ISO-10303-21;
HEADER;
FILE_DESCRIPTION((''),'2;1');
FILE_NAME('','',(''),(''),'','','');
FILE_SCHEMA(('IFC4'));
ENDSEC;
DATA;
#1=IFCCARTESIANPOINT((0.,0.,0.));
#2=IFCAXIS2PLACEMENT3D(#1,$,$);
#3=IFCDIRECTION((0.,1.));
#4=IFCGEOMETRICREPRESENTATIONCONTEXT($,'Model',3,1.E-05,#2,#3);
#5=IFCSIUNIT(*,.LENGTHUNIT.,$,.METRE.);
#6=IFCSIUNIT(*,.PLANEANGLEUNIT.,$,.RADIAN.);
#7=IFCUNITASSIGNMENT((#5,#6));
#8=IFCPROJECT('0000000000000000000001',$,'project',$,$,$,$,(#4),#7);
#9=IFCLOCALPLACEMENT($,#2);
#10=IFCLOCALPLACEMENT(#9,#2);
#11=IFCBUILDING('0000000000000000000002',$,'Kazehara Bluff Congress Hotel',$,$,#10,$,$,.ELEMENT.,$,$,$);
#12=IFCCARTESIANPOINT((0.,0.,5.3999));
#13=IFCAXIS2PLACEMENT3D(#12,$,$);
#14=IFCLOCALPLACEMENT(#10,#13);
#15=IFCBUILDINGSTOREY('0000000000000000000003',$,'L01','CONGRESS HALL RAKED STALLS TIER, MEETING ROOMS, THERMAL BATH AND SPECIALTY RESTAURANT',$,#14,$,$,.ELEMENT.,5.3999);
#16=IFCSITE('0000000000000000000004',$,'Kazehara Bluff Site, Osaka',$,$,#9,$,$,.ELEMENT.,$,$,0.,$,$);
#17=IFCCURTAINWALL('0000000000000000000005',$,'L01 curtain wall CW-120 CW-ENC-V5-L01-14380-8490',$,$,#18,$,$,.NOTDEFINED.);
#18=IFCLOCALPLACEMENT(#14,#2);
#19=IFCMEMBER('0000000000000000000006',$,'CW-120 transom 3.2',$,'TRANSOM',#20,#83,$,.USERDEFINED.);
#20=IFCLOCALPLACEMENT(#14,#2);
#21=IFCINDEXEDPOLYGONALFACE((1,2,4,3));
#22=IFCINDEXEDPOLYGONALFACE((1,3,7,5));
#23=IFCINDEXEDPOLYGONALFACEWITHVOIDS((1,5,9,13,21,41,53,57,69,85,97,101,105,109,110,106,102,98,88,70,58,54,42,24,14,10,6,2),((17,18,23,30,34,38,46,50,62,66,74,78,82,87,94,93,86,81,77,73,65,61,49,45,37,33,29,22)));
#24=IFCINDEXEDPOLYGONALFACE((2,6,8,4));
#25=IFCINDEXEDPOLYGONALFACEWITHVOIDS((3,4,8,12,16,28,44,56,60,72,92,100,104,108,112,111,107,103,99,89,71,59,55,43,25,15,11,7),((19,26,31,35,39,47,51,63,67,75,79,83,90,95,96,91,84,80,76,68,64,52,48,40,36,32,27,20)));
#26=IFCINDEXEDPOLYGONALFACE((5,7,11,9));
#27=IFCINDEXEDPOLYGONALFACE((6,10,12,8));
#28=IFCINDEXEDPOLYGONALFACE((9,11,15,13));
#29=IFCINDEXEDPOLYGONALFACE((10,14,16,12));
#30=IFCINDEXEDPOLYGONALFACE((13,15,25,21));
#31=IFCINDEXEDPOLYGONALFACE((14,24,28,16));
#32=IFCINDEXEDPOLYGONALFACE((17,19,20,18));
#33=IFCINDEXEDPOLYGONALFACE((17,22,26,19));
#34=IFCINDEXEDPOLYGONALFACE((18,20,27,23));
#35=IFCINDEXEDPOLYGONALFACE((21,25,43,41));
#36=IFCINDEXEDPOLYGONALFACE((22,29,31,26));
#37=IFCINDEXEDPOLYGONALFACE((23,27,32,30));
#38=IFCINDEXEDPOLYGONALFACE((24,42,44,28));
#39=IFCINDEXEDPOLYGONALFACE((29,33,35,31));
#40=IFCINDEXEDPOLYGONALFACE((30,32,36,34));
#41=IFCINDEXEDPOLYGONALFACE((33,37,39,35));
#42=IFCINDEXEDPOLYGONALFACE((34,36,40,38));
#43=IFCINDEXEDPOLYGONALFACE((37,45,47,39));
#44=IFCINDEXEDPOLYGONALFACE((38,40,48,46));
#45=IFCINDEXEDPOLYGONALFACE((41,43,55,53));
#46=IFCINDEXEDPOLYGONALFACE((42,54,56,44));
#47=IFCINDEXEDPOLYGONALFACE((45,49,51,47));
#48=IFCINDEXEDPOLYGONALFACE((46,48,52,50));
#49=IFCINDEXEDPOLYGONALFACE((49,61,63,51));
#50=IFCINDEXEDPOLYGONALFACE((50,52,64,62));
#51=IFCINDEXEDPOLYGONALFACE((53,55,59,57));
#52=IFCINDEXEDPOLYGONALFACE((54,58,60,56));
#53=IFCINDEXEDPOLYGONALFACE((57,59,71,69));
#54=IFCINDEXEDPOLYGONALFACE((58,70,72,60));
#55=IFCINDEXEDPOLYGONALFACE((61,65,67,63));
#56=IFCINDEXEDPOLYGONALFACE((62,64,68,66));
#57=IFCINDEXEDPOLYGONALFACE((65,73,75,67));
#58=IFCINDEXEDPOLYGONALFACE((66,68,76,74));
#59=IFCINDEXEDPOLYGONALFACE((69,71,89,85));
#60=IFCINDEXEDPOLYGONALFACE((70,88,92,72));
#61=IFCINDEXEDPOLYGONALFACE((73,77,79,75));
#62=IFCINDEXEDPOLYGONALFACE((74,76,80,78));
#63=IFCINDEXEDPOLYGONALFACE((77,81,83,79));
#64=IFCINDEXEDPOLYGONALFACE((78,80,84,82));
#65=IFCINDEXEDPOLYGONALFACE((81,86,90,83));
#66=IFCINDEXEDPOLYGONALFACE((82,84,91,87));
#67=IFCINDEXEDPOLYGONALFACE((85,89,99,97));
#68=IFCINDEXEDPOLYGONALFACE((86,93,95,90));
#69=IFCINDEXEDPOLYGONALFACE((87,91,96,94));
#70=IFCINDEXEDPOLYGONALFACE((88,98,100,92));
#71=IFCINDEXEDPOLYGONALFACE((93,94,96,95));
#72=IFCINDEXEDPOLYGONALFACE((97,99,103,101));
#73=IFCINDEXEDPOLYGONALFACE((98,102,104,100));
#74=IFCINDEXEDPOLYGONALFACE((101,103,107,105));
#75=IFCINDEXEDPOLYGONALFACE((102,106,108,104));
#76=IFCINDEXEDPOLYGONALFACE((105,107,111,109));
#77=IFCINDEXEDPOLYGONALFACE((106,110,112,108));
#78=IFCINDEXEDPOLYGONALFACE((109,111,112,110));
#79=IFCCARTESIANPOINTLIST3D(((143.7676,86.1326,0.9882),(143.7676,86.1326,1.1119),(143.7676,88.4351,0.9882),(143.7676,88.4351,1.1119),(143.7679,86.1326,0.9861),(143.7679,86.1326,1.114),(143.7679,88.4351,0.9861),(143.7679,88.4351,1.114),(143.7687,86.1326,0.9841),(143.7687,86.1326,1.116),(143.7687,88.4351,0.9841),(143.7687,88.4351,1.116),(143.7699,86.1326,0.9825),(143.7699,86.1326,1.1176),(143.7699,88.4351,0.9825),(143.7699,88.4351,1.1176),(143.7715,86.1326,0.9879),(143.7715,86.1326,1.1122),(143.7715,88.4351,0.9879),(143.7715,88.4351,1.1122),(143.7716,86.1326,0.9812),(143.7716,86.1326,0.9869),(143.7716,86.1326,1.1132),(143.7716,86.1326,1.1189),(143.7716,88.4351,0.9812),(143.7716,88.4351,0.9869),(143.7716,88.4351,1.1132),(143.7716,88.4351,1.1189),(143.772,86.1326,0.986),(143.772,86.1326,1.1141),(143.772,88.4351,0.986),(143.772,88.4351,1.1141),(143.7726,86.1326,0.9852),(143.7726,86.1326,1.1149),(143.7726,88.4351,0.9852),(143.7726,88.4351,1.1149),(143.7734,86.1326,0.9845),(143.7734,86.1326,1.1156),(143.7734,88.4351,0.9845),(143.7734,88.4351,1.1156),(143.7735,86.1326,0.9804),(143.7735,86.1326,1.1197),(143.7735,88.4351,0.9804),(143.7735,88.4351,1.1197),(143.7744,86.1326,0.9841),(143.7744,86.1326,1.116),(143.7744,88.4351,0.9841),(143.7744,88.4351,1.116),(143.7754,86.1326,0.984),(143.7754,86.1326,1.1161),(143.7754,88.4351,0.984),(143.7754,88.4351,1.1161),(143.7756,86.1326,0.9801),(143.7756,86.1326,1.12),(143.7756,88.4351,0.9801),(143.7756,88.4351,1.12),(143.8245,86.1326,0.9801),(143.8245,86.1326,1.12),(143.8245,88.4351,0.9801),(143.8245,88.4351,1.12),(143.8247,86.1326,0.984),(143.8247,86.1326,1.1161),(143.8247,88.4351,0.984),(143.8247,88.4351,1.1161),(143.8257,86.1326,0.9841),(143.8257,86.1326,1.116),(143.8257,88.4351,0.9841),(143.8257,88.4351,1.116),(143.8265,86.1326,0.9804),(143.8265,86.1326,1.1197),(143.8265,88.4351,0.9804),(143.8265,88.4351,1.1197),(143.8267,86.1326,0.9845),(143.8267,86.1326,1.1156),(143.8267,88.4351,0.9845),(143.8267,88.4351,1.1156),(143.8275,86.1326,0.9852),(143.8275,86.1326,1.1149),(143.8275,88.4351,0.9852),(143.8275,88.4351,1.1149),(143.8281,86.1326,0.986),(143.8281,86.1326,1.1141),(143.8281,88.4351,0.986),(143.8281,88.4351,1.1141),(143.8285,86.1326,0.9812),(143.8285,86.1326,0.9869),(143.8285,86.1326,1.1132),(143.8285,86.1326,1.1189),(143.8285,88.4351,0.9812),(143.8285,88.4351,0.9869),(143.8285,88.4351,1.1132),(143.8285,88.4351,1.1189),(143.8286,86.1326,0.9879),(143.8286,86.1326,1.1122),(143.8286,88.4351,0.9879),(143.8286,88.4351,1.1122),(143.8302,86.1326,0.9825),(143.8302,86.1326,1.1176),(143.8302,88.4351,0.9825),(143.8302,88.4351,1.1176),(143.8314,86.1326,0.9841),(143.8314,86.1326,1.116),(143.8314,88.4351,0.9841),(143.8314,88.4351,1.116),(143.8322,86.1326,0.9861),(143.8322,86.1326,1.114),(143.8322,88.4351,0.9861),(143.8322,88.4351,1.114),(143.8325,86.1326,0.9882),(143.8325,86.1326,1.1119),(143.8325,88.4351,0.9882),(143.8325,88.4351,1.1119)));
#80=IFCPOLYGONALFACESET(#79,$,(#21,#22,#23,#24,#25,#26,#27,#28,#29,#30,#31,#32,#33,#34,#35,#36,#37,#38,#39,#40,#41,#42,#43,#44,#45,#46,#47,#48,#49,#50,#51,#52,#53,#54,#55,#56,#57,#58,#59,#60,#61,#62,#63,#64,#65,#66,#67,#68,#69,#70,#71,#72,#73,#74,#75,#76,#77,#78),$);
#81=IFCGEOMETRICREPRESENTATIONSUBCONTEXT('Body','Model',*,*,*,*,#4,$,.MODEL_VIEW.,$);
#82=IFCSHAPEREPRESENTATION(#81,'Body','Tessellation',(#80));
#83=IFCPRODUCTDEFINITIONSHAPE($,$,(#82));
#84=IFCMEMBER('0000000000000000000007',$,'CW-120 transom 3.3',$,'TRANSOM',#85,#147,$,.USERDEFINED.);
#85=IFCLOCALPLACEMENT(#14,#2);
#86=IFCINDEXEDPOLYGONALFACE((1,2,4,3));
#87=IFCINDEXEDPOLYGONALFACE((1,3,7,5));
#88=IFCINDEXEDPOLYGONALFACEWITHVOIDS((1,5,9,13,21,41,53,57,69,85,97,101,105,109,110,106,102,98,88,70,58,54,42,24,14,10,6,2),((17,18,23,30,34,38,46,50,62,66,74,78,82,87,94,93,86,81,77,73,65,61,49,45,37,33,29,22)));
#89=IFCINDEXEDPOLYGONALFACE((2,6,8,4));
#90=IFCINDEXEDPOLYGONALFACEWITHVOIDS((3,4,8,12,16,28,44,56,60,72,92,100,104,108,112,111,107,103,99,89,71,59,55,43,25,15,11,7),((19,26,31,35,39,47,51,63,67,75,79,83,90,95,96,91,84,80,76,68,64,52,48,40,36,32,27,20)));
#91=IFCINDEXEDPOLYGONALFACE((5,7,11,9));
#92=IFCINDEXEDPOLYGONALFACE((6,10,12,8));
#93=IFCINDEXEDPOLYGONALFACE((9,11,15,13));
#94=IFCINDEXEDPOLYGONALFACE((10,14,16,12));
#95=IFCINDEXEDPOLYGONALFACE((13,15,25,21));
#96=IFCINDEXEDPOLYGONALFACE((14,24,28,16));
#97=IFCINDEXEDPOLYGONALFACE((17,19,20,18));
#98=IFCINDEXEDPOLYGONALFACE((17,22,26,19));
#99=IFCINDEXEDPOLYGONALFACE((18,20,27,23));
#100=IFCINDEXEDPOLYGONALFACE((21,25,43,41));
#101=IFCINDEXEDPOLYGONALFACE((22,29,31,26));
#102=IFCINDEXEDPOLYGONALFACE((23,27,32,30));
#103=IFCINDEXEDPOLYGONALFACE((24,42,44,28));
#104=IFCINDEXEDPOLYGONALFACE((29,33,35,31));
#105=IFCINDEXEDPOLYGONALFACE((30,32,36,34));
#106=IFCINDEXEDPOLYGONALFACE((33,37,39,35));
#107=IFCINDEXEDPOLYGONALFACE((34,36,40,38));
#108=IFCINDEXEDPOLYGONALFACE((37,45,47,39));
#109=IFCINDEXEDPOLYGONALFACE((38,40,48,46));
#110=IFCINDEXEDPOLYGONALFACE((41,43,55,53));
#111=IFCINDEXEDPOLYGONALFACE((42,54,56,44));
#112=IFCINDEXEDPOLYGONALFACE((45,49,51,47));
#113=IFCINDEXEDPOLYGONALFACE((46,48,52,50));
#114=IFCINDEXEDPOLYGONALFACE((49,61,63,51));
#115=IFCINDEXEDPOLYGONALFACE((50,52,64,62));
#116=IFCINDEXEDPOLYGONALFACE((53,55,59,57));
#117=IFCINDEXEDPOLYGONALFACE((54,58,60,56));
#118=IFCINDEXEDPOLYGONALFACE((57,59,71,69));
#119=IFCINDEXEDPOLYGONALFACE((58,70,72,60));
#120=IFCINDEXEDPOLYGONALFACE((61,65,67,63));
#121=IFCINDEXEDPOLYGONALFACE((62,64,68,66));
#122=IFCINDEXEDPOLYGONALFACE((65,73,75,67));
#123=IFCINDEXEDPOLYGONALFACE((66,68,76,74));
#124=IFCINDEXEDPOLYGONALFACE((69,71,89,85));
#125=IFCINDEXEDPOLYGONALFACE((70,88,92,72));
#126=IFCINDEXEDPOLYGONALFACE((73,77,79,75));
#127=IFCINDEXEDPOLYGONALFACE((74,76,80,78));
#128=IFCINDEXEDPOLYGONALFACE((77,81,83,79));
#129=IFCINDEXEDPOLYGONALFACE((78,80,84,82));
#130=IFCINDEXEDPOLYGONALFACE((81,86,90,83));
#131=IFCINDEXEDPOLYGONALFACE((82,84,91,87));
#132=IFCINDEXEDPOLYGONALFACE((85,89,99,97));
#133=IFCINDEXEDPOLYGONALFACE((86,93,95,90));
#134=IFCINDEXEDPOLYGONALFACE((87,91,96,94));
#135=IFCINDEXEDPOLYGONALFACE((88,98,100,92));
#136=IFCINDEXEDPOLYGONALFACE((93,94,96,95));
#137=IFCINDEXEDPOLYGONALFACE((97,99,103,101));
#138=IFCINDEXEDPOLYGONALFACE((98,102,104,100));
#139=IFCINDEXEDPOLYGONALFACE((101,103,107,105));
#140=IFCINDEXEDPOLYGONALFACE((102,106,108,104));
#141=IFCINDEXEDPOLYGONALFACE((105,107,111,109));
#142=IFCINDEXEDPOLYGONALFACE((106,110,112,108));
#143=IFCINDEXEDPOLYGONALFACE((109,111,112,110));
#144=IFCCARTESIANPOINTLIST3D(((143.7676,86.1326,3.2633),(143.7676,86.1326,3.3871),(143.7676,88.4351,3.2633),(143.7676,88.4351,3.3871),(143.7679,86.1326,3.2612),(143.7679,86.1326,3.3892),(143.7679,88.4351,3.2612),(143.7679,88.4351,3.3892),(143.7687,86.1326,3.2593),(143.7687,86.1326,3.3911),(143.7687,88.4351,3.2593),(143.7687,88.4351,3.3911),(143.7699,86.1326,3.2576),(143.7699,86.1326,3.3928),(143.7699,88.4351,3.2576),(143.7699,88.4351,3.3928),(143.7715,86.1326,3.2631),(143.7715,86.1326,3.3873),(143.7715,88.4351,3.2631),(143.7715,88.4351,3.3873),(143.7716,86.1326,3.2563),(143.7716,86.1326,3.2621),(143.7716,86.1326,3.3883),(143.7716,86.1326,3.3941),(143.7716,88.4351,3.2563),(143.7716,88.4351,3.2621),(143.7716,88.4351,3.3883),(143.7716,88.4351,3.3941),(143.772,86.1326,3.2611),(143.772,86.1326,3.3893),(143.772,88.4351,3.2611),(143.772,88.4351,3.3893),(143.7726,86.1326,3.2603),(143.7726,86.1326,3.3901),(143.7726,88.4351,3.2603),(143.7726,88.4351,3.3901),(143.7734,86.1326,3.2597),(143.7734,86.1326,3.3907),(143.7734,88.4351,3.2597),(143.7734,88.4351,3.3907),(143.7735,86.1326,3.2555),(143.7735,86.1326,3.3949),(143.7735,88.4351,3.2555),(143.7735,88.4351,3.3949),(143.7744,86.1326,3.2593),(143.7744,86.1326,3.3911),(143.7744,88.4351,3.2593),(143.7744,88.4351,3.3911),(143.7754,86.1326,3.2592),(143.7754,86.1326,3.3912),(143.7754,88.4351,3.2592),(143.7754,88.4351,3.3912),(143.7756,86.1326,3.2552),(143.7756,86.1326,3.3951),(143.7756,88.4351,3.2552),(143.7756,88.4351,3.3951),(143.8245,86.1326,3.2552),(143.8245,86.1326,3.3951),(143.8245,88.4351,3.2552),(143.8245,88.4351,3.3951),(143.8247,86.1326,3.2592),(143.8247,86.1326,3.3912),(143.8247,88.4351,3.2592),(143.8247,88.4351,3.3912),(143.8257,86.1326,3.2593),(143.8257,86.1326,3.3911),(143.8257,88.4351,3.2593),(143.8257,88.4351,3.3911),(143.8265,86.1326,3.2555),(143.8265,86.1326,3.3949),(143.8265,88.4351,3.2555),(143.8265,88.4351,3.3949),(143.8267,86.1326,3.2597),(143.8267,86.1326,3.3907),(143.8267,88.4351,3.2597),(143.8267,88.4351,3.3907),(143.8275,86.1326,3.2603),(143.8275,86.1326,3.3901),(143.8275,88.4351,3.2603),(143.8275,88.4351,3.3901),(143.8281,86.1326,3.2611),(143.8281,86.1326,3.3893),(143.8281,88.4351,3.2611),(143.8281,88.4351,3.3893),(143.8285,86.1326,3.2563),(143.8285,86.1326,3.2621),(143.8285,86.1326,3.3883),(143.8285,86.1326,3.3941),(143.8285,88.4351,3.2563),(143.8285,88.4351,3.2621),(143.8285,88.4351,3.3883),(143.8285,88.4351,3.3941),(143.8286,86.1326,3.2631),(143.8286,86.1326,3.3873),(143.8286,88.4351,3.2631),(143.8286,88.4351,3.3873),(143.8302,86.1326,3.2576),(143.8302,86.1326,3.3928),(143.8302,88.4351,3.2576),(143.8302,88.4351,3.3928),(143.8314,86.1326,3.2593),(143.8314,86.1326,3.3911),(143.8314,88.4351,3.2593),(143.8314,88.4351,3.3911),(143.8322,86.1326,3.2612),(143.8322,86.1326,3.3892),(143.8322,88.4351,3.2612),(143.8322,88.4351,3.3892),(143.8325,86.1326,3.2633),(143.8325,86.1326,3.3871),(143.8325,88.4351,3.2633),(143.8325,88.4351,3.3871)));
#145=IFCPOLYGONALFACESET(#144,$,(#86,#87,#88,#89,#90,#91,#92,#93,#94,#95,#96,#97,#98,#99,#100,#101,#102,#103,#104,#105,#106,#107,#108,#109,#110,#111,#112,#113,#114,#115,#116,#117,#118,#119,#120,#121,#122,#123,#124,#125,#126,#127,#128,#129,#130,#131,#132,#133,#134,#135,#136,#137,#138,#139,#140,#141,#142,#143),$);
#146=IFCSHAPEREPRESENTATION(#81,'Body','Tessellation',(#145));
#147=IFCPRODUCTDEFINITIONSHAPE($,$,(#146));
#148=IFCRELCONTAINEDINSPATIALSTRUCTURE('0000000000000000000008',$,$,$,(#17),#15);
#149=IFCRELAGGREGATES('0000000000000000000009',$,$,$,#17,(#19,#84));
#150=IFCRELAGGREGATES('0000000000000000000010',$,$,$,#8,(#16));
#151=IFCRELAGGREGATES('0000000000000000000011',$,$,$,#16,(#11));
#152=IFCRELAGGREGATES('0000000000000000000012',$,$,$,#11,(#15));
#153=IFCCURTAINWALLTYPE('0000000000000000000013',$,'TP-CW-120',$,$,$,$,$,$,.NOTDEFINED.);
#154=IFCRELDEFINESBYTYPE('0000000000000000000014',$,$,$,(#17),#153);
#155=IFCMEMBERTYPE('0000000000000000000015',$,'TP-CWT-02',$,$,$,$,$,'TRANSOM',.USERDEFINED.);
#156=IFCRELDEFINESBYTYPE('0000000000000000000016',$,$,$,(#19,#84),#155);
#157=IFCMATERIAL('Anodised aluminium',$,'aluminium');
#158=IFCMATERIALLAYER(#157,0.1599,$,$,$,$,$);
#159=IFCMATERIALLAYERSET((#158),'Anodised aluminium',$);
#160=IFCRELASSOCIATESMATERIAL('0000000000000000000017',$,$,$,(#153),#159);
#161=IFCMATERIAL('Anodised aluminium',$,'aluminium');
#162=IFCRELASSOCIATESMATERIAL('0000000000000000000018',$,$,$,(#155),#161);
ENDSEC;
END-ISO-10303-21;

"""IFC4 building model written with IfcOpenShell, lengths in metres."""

from ifc_helpers import new_model, si_unit, direction, frame, origin, origin_2d, place, context, subcontext, project, spatial, hollow_rectangle, extrude, material, layer, layer_set, material_profile, profile_set, type_object, element, aggregate, save


model = new_model("IFC4")

# Units and contexts
model_context = context("Model", 3, precision=1e-05, world=origin(), true_north=direction((0.0, 1.0)))
body_context = subcontext(model_context, "Body", "Model", "MODEL_VIEW")
ifc_project = project(units=[si_unit("LENGTHUNIT", "METRE"), si_unit("PLANEANGLEUNIT", "RADIAN")], contexts=[model_context])

# Site, building, storey
site_placement = place(None, origin())
site = spatial("IfcSite", under=ifc_project, at=site_placement, Name="Kazehara Bluff Site, Osaka", CompositionType="ELEMENT", RefElevation=0.0)
building_placement = place(site_placement, origin())
building = spatial("IfcBuilding", under=site, at=building_placement, Name="Kazehara Bluff Congress Hotel", CompositionType="ELEMENT")
storey_placement = place(building_placement, frame((0.0, 0.0, 5.3999)))
storey = spatial("IfcBuildingStorey", under=building, at=storey_placement, Name="L01", Description="CONGRESS HALL RAKED STALLS TIER, MEETING ROOMS, THERMAL BATH AND SPECIALTY RESTAURANT", CompositionType="ELEMENT", Elevation=5.3999)

# Curtain wall
ifc_material_1 = material(Name="Anodised aluminium", Category="aluminium")
ifc_layer_1 = layer(ifc_material_1, 0.1599)
ifc_layer_set_1 = layer_set([ifc_layer_1], Name="Anodised aluminium")
curtain_wall_type = type_object("IfcCurtainWallType", Name="TP-CW-120", PredefinedType="NOTDEFINED", material=ifc_layer_set_1)
curtain_wall_1_placement = place(storey_placement, origin())
curtain_wall_1 = element("IfcCurtainWall", 1, at=curtain_wall_1_placement, inside=storey, type_object=curtain_wall_type, Name="L01 curtain wall CW-120 CW-ENC-V5-L01-14380-8490", PredefinedType="NOTDEFINED")

# Members
ifc_material_2 = material(Name="Anodised aluminium", Category="aluminium")
ifc_material_profile_1 = material_profile(ifc_material_2, hollow_rectangle(XDim=0.0649, YDim=0.1399, WallThickness=0.0039, InnerFilletRadius=0.0039, OuterFilletRadius=0.0081, at=origin_2d()))
ifc_profile_set_1 = profile_set([ifc_material_profile_1], Name="Anodised aluminium")
member_type_1 = type_object("IfcMemberType", Name="TP-CWT-02", ElementType="TRANSOM", PredefinedType="USERDEFINED", material=ifc_profile_set_1)
member_1_placement = place(storey_placement, frame((143.8, 86.1326, 1.05), z_axis=(0.0, 1.0, 0.0), x_axis=(-1.0, 0.0, 0.0)))
member_1 = element("IfcMember", 2, at=member_1_placement, type_object=member_type_1, Name="CW-120 transom 3.2", ObjectType="TRANSOM", PredefinedType="USERDEFINED", context=body_context, shape_type="SweptSolid", body=[
    extrude(hollow_rectangle(XDim=0.0649, YDim=0.1399, WallThickness=0.0039, InnerFilletRadius=0.0039, OuterFilletRadius=0.0081, at=origin_2d()), origin(), (0.0, 0.0, 1.0), 2.3025),
])
member_2_placement = place(storey_placement, frame((143.8, 86.1326, 3.3252), z_axis=(0.0, 1.0, 0.0), x_axis=(-1.0, 0.0, 0.0)))
member_2 = element("IfcMember", 3, at=member_2_placement, type_object=member_type_1, Name="CW-120 transom 3.3", ObjectType="TRANSOM", PredefinedType="USERDEFINED", context=body_context, shape_type="SweptSolid", body=[
    extrude(hollow_rectangle(XDim=0.0649, YDim=0.1399, WallThickness=0.0039, InnerFilletRadius=0.0039, OuterFilletRadius=0.0081, at=origin_2d()), origin(), (0.0, 0.0, 1.0), 2.3025),
])

aggregate(curtain_wall_1, [member_1, member_2])

save(model, "model.ifc")
